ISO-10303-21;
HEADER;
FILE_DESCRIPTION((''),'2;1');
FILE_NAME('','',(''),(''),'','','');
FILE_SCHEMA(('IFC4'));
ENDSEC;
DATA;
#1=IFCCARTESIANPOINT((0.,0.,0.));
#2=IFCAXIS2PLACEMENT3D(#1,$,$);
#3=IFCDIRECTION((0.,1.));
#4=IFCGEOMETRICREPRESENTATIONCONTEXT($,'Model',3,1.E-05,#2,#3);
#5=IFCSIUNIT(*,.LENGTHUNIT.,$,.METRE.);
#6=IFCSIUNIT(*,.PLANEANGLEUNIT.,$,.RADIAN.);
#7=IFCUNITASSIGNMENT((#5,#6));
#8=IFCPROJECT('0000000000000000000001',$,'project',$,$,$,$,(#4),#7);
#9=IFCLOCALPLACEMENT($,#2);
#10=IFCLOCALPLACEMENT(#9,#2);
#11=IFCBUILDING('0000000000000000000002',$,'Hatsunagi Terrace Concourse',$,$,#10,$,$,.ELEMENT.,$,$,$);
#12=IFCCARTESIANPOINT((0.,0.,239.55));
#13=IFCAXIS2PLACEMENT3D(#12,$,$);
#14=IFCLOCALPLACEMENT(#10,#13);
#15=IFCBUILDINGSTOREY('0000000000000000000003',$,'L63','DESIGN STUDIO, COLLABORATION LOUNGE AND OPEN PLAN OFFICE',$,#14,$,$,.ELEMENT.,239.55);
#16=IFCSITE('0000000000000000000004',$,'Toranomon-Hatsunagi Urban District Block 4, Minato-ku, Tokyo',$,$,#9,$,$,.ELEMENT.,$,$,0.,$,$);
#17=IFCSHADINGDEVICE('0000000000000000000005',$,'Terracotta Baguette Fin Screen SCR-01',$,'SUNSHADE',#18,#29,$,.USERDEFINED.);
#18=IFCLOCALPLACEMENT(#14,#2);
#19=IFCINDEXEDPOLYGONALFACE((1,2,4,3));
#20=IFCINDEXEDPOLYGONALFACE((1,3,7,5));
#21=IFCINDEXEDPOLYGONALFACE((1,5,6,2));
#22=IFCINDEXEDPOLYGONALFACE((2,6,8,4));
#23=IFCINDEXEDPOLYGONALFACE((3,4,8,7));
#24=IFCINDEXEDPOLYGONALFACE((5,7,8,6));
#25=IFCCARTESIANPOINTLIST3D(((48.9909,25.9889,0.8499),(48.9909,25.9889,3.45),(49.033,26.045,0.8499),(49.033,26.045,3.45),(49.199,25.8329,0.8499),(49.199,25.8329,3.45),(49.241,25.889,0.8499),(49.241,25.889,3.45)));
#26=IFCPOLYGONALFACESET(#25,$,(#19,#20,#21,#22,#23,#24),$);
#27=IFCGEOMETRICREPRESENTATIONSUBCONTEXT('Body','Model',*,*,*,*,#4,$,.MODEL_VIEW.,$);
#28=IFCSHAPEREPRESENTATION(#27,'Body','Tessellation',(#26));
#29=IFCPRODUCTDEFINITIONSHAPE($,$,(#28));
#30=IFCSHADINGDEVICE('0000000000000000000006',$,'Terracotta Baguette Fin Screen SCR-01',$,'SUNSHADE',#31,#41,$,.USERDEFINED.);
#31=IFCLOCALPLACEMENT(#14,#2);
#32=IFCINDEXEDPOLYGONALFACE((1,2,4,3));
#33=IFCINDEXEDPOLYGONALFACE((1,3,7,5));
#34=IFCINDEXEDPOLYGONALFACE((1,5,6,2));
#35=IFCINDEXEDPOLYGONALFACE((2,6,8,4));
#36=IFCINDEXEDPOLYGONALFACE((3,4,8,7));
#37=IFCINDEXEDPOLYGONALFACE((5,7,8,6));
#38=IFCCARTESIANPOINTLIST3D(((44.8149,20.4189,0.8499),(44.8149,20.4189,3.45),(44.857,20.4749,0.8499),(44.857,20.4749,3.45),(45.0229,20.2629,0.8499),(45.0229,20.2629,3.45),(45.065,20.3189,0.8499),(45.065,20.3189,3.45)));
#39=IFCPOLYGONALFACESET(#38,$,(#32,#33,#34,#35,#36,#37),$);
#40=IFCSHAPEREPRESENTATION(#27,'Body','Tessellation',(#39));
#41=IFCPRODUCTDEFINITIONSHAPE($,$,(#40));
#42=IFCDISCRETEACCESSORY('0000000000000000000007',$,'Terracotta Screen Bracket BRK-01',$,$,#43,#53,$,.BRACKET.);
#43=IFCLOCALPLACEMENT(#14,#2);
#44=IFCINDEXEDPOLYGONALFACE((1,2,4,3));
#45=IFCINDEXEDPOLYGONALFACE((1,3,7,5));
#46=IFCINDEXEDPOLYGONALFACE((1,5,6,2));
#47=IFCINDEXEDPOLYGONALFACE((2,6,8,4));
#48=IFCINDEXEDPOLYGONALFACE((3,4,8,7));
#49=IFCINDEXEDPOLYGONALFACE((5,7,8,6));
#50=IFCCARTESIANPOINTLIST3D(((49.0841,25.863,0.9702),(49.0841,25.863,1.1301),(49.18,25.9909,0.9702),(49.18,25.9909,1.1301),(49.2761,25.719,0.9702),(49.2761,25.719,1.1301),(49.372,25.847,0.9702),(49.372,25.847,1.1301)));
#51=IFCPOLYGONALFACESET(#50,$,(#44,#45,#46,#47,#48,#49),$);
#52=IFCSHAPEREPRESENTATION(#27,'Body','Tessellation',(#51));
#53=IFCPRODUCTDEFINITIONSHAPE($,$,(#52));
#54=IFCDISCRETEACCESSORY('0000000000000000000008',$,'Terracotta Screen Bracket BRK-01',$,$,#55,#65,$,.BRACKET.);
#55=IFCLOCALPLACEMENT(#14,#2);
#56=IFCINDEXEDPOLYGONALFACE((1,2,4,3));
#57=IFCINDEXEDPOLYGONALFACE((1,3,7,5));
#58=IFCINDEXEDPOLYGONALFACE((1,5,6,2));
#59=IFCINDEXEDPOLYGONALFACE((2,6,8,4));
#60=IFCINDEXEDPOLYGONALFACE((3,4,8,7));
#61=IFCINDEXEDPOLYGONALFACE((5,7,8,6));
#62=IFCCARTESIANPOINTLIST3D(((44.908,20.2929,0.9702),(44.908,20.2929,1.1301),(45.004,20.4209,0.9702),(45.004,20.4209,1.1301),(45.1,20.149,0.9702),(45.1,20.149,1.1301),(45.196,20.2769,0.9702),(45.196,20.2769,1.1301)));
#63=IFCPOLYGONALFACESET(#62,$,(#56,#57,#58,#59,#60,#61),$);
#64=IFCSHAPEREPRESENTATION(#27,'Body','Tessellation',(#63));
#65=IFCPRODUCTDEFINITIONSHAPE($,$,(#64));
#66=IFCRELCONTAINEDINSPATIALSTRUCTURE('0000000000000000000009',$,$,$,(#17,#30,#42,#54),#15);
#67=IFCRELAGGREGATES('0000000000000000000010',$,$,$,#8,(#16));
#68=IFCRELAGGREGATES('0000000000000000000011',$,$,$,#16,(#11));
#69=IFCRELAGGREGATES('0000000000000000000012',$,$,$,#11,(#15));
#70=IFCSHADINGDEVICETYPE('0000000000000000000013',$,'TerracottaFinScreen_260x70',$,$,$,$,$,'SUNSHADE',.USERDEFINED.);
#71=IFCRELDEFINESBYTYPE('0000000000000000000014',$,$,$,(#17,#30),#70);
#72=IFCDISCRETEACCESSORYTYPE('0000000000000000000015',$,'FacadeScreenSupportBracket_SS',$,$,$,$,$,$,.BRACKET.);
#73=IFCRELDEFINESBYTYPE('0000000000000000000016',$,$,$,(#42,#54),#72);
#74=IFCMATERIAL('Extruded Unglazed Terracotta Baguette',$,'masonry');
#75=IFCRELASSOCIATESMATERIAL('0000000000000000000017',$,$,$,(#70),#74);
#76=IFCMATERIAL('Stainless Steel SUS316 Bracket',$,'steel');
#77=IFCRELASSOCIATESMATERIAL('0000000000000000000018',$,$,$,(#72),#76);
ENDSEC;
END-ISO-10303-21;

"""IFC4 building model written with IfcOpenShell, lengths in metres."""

from ifc_helpers import new_model, si_unit, direction, frame, origin, origin_2d, place, context, subcontext, project, spatial, rectangle, extrude, material, type_object, element, save


model = new_model("IFC4")

# Units and contexts
model_context = context("Model", 3, precision=1e-05, world=origin(), true_north=direction((0.0, 1.0)))
body_context = subcontext(model_context, "Body", "Model", "MODEL_VIEW")
ifc_project = project(units=[si_unit("LENGTHUNIT", "METRE"), si_unit("PLANEANGLEUNIT", "RADIAN")], contexts=[model_context])

# Site, building, storey
site_placement = place(None, origin())
site = spatial("IfcSite", under=ifc_project, at=site_placement, Name="Toranomon-Hatsunagi Urban District Block 4, Minato-ku, Tokyo", CompositionType="ELEMENT", RefElevation=0.0)
building_placement = place(site_placement, origin())
building = spatial("IfcBuilding", under=site, at=building_placement, Name="Hatsunagi Terrace Concourse", CompositionType="ELEMENT")
storey_placement = place(building_placement, frame((0.0, 0.0, 239.55)))
storey = spatial("IfcBuildingStorey", under=building, at=storey_placement, Name="L63", Description="DESIGN STUDIO, COLLABORATION LOUNGE AND OPEN PLAN OFFICE", CompositionType="ELEMENT", Elevation=239.55)

# Shading devices
ifc_material_1 = material(Name="Extruded Unglazed Terracotta Baguette", Category="masonry")
shading_device_type = type_object("IfcShadingDeviceType", Name="TerracottaFinScreen_260x70", ElementType="SUNSHADE", PredefinedType="USERDEFINED", material=ifc_material_1)
for number, where, z_axis, x_axis, name in (
    (1, (49.116, 25.939, 0.8499), (0.0, 0.0, 1.0), (-0.599969, -0.800023, 0.0), "Terracotta Baguette Fin Screen SCR-01"),
    (2, (44.9399, 20.3689, 0.8499), (0.0, 0.0, 1.0), (-0.599969, -0.800023, 0.0), "Terracotta Baguette Fin Screen SCR-01"),
):
    element("IfcShadingDevice", number, at=place(storey_placement, frame(where, z_axis=z_axis, x_axis=x_axis)), inside=storey, type_object=shading_device_type, Name=name, ObjectType="SUNSHADE", PredefinedType="USERDEFINED", context=body_context, shape_type="SweptSolid", body=[
        extrude(rectangle(XDim=0.0701, YDim=0.26, at=origin_2d()), origin(), (0.0, 0.0, 1.0), 2.6001),
    ])

# Discrete accessories
ifc_material_2 = material(Name="Stainless Steel SUS316 Bracket", Category="steel")
discrete_accessory_type = type_object("IfcDiscreteAccessoryType", Name="FacadeScreenSupportBracket_SS", PredefinedType="BRACKET", material=ifc_material_2)
for number, where, z_axis, x_axis, name in (
    (3, (49.228, 25.855, 0.9702), (0.0, 0.0, 1.0), (-0.599969, -0.800023, 0.0), "Terracotta Screen Bracket BRK-01"),
    (4, (45.052, 20.2849, 0.9702), (0.0, 0.0, 1.0), (-0.599969, -0.800023, 0.0), "Terracotta Screen Bracket BRK-01"),
):
    element("IfcDiscreteAccessory", number, at=place(storey_placement, frame(where, z_axis=z_axis, x_axis=x_axis)), inside=storey, type_object=discrete_accessory_type, Name=name, PredefinedType="BRACKET", context=body_context, shape_type="SweptSolid", body=[
        extrude(rectangle(XDim=0.1599, YDim=0.24, at=origin_2d()), origin(), (0.0, 0.0, 1.0), 0.1599),
    ])

save(model, "model.ifc")
